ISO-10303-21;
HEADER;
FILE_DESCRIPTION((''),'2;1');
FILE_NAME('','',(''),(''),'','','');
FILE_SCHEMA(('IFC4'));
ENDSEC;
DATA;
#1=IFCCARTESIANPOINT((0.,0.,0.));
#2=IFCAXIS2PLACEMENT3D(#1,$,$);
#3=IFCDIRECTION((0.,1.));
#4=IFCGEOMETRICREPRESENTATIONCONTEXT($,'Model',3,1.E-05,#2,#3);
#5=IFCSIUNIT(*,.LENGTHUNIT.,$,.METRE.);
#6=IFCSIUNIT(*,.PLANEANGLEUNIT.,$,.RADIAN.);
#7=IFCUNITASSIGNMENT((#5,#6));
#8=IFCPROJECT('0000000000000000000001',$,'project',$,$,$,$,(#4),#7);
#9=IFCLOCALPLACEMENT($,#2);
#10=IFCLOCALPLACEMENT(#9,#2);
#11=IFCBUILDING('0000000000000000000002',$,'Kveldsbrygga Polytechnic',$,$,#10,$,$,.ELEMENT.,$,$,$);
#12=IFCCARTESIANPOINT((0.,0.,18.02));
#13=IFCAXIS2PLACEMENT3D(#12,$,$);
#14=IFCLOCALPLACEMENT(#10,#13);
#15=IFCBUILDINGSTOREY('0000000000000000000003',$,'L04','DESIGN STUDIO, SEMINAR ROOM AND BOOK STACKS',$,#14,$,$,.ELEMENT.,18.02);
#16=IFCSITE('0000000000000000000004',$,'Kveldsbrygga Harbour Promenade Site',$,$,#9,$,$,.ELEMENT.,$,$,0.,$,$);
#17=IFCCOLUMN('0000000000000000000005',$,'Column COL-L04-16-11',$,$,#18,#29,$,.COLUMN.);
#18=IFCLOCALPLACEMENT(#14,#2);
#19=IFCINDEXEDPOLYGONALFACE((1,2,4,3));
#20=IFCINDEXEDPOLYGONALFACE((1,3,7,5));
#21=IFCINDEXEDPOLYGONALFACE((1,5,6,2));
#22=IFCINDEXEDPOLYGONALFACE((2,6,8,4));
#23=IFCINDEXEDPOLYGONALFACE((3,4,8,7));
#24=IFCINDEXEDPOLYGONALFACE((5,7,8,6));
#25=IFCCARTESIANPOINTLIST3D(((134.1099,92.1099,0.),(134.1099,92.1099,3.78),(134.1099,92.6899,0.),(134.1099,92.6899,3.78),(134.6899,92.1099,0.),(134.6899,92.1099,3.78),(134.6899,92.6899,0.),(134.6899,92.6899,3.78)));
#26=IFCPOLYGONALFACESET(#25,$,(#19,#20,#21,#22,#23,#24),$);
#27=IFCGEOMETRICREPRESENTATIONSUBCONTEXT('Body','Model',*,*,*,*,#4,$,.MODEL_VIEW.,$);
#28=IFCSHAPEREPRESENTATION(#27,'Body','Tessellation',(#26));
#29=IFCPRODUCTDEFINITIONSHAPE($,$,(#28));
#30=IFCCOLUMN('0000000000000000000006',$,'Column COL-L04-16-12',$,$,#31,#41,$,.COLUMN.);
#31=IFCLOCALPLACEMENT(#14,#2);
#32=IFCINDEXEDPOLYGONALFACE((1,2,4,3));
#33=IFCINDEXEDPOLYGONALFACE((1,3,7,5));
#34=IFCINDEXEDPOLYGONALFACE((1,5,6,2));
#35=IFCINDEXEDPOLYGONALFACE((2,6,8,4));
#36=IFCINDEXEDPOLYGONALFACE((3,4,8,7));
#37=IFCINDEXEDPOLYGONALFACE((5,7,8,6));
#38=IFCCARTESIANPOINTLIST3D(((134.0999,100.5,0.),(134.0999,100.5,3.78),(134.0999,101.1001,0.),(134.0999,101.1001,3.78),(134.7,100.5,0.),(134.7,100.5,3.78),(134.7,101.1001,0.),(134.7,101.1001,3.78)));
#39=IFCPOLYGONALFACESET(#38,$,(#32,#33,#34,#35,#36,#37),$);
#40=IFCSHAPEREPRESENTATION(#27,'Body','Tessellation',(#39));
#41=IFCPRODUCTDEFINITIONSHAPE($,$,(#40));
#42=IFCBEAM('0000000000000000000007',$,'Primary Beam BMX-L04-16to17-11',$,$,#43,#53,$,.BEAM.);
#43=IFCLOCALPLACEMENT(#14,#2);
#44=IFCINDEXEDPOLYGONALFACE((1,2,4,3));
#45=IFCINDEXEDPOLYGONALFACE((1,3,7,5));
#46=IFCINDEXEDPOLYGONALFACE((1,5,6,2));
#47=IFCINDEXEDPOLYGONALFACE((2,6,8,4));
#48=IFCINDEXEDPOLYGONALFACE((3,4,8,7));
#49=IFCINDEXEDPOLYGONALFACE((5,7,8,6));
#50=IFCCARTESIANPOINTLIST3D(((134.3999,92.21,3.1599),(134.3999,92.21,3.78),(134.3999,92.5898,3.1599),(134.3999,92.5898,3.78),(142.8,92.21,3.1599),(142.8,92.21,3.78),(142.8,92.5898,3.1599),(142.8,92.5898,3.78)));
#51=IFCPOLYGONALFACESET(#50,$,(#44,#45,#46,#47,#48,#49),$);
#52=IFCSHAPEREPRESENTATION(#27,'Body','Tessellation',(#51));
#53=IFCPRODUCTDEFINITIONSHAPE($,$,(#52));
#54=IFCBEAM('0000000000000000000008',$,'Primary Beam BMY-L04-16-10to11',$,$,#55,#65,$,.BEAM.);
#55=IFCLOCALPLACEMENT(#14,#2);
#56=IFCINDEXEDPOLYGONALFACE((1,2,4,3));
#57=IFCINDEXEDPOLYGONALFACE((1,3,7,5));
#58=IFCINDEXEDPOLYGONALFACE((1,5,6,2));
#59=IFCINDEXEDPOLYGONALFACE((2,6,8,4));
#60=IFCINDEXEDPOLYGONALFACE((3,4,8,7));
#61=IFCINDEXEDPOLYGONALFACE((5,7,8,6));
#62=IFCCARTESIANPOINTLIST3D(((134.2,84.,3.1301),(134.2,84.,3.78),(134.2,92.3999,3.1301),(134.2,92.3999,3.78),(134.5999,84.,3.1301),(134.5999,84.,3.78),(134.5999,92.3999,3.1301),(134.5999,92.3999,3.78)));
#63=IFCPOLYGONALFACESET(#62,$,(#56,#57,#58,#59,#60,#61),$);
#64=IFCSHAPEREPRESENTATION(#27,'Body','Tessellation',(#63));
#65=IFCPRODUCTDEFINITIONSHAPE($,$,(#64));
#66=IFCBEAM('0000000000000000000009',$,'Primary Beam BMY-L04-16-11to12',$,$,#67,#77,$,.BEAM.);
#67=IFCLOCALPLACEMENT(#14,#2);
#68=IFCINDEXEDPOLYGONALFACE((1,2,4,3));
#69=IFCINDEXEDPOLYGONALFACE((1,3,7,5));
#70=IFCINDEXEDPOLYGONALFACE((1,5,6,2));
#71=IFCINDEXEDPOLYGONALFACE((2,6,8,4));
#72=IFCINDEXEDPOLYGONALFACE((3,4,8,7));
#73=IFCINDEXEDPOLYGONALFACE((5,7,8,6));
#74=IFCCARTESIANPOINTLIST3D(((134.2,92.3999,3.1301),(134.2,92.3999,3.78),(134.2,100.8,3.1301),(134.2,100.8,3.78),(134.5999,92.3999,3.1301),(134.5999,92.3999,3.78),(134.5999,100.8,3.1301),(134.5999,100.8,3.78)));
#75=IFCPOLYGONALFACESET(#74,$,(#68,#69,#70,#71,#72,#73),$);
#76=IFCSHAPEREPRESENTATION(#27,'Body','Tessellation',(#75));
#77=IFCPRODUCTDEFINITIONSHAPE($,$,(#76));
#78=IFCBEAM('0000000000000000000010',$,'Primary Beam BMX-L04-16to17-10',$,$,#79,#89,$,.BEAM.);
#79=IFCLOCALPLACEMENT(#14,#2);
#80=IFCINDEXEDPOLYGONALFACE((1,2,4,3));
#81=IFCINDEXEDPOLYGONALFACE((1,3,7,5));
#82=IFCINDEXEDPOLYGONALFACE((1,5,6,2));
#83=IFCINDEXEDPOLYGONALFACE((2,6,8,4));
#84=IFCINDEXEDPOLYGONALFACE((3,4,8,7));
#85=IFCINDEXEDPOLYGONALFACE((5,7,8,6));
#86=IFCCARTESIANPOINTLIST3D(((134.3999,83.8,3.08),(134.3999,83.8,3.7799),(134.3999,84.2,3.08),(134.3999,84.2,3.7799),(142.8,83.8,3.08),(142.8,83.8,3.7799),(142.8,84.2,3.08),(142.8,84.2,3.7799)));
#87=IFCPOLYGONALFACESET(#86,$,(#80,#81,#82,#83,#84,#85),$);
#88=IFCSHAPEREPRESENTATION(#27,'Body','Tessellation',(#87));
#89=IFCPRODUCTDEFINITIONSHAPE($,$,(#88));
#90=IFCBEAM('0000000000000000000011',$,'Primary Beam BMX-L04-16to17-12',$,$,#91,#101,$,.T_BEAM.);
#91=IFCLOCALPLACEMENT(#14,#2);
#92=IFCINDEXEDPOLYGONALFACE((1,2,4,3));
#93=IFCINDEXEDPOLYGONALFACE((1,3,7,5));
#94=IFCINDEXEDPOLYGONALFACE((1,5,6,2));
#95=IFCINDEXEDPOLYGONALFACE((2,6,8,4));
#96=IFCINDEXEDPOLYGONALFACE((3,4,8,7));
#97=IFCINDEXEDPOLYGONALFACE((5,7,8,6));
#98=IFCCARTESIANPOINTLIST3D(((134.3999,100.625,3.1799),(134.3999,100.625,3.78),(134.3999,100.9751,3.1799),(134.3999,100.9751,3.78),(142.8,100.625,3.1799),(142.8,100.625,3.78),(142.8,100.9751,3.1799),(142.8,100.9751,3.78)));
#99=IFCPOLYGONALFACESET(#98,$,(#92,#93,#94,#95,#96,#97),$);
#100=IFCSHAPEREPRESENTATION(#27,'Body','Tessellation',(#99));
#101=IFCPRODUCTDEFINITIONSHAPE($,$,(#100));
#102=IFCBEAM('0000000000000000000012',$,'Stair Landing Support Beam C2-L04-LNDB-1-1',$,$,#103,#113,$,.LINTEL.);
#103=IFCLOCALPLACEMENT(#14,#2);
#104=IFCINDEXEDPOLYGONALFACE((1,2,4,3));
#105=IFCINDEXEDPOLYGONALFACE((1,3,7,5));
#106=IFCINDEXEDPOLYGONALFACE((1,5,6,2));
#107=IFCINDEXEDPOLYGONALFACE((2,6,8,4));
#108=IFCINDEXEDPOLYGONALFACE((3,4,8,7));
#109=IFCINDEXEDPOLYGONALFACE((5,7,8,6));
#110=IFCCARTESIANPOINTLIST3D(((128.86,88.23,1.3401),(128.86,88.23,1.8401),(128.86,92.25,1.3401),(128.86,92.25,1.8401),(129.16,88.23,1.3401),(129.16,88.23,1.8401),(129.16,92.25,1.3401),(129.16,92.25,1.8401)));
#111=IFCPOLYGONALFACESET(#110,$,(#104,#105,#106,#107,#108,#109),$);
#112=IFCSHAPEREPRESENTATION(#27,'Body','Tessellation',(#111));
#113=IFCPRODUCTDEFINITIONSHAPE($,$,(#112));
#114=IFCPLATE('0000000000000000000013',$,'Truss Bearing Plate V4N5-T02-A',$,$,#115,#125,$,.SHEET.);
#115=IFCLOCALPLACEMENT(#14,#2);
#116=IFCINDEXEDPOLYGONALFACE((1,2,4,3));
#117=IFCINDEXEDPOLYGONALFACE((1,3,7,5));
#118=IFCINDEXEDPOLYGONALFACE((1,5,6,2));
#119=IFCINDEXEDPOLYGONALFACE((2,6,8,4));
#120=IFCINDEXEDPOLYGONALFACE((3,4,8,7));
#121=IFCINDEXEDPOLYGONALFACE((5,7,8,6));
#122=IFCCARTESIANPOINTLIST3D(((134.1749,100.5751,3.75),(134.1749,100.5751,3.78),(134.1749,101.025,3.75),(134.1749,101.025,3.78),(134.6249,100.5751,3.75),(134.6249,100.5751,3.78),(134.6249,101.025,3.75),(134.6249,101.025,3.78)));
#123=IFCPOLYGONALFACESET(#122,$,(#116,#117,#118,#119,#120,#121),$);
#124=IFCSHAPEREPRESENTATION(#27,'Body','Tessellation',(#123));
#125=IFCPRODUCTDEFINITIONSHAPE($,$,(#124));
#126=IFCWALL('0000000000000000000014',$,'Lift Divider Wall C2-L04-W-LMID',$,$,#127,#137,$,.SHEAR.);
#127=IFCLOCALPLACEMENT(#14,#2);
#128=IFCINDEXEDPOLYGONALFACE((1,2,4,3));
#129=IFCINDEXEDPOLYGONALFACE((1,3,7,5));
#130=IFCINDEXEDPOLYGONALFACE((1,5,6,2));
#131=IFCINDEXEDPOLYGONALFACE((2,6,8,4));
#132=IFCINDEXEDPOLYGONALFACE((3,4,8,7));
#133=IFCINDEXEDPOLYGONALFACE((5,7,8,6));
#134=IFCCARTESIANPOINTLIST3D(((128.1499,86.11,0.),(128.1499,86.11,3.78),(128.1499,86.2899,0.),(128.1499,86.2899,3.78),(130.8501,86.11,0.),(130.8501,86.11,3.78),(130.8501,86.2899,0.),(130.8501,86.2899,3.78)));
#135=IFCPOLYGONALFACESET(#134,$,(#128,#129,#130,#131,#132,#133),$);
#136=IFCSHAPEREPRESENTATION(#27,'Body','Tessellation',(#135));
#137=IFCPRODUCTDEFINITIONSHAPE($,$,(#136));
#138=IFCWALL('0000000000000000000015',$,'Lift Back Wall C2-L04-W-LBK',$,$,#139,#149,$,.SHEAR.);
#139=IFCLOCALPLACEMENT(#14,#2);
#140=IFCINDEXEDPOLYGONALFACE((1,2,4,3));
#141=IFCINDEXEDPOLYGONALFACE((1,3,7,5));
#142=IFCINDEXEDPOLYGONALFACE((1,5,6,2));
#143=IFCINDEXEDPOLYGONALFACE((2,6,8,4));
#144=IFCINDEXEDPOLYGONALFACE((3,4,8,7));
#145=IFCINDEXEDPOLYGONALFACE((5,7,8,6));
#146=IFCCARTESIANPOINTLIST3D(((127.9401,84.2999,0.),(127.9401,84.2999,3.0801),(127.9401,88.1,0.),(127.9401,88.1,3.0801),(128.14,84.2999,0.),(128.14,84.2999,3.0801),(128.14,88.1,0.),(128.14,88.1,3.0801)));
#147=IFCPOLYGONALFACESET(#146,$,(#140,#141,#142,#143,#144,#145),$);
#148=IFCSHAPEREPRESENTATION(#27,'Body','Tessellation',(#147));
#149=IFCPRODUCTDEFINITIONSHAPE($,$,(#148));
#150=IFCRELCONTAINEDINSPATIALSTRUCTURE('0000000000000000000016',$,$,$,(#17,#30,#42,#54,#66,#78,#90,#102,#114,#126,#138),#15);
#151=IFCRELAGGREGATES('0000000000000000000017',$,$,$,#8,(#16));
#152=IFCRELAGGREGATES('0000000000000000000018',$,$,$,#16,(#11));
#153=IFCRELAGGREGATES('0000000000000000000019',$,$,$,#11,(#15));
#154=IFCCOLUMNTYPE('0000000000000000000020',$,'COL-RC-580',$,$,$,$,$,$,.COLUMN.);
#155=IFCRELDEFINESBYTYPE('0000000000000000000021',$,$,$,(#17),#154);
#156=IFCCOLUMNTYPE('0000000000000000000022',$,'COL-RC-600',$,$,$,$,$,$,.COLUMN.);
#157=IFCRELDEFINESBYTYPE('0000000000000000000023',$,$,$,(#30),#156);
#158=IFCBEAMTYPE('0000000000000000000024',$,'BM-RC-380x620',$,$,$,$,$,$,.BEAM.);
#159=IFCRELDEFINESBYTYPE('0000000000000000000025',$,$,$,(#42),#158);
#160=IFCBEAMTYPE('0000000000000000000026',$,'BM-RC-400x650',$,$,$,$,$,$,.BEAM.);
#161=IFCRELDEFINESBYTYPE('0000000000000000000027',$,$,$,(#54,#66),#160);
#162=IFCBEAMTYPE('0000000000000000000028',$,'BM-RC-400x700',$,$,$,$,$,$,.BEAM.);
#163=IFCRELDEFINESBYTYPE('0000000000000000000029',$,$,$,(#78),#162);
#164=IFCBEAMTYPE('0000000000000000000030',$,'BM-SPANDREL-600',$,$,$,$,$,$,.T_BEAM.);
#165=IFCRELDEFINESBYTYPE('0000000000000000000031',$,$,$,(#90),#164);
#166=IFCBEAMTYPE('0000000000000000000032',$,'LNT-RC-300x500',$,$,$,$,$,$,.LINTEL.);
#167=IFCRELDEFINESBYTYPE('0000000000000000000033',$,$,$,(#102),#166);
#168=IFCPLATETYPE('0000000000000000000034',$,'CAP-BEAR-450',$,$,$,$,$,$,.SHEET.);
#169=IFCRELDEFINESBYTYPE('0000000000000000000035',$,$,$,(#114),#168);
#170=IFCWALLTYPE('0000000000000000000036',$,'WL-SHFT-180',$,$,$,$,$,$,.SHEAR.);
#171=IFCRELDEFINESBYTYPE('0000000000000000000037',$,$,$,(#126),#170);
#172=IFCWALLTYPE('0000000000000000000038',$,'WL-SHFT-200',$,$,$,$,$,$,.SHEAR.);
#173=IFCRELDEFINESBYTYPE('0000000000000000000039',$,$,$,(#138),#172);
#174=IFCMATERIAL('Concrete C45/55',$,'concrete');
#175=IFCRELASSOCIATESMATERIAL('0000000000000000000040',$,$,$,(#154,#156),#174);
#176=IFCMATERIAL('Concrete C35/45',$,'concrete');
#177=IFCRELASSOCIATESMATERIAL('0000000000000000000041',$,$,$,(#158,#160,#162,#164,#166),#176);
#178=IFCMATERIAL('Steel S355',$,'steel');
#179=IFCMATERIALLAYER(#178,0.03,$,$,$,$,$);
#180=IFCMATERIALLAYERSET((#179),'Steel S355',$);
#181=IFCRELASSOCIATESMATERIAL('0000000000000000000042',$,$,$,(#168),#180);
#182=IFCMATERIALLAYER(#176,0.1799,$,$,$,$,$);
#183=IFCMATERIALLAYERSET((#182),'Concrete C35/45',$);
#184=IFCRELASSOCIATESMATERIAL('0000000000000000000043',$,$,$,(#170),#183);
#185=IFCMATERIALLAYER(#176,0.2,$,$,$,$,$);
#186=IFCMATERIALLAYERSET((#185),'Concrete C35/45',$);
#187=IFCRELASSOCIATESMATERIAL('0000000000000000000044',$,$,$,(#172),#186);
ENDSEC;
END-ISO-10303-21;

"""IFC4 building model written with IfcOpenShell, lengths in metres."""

from ifc_helpers import new_model, si_unit, direction, frame, frame_2d, origin, origin_2d, place, context, subcontext, project, spatial, rectangle, extrude, material, layer, layer_set, material_profile, profile_set, type_object, element, save


model = new_model("IFC4")

# Units and contexts
model_context = context("Model", 3, precision=1e-05, world=origin(), true_north=direction((0.0, 1.0)))
body_context = subcontext(model_context, "Body", "Model", "MODEL_VIEW")
ifc_project = project(units=[si_unit("LENGTHUNIT", "METRE"), si_unit("PLANEANGLEUNIT", "RADIAN")], contexts=[model_context])

# Site, building, storey
site_placement = place(None, origin())
site = spatial("IfcSite", under=ifc_project, at=site_placement, Name="Kveldsbrygga Harbour Promenade Site", CompositionType="ELEMENT", RefElevation=0.0)
building_placement = place(site_placement, origin())
building = spatial("IfcBuilding", under=site, at=building_placement, Name="Kveldsbrygga Polytechnic", CompositionType="ELEMENT")
storey_placement = place(building_placement, frame((0.0, 0.0, 18.02)))
storey = spatial("IfcBuildingStorey", under=building, at=storey_placement, Name="L04", Description="DESIGN STUDIO, SEMINAR ROOM AND BOOK STACKS", CompositionType="ELEMENT", Elevation=18.02)

# Columns
ifc_material_1 = material(Name="Concrete C45/55", Category="concrete")
ifc_material_profile_1 = material_profile(ifc_material_1, rectangle(XDim=0.5801, YDim=0.5801, at=origin_2d()), Name="RC 580x580")
ifc_profile_set_1 = profile_set([ifc_material_profile_1], Name="Concrete C45/55")
column_type_1 = type_object("IfcColumnType", Name="COL-RC-580", PredefinedType="COLUMN", material=ifc_profile_set_1)
column_1_placement = place(storey_placement, frame((134.3999, 92.3999, 0.0), z_axis=(0.0, 0.0, 1.0), x_axis=(1.0, 0.0, 0.0)))
element("IfcColumn", 1, at=column_1_placement, inside=storey, type_object=column_type_1, Name="Column COL-L04-16-11", PredefinedType="COLUMN", context=body_context, shape_type="SweptSolid", body=[
    extrude(rectangle(XDim=0.5801, YDim=0.5801, at=origin_2d()), origin(), (0.0, 0.0, 1.0), 3.78),
])
ifc_material_profile_2 = material_profile(ifc_material_1, rectangle(XDim=0.6001, YDim=0.6001, at=origin_2d()), Name="RC 600x600")
ifc_profile_set_2 = profile_set([ifc_material_profile_2], Name="Concrete C45/55")
column_type_2 = type_object("IfcColumnType", Name="COL-RC-600", PredefinedType="COLUMN", material=ifc_profile_set_2)
column_2_placement = place(storey_placement, frame((134.3999, 100.8, 0.0), z_axis=(0.0, 0.0, 1.0), x_axis=(1.0, 0.0, 0.0)))
element("IfcColumn", 2, at=column_2_placement, inside=storey, type_object=column_type_2, Name="Column COL-L04-16-12", PredefinedType="COLUMN", context=body_context, shape_type="SweptSolid", body=[
    extrude(rectangle(XDim=0.6001, YDim=0.6001, at=origin_2d()), origin(), (0.0, 0.0, 1.0), 3.78),
])

# Beams
ifc_material_2 = material(Name="Concrete C35/45", Category="concrete")
ifc_material_profile_3 = material_profile(ifc_material_2, rectangle(XDim=0.3799, YDim=0.6201, at=origin_2d()), Name="RC 380x620")
ifc_profile_set_3 = profile_set([ifc_material_profile_3], Name="Concrete C35/45")
beam_type_1 = type_object("IfcBeamType", Name="BM-RC-380x620", PredefinedType="BEAM", material=ifc_profile_set_3)
beam_1_placement = place(storey_placement, frame((134.3999, 92.3999, 3.47), z_axis=(1.0, 0.0, 0.0), x_axis=(0.0, 1.0, 0.0)))
element("IfcBeam", 3, at=beam_1_placement, inside=storey, type_object=beam_type_1, Name="Primary Beam BMX-L04-16to17-11", PredefinedType="BEAM", context=body_context, shape_type="SweptSolid", body=[
    extrude(rectangle(XDim=0.3799, YDim=0.6201, at=origin_2d()), origin(), (0.0, 0.0, 1.0), 8.4001),
])
ifc_material_profile_4 = material_profile(ifc_material_2, rectangle(XDim=0.3999, YDim=0.6499, at=origin_2d()), Name="RC 400x650")
ifc_profile_set_4 = profile_set([ifc_material_profile_4], Name="Concrete C35/45")
beam_type_2 = type_object("IfcBeamType", Name="BM-RC-400x650", PredefinedType="BEAM", material=ifc_profile_set_4)
beam_2_placement = place(storey_placement, frame((134.3999, 84.0, 3.4551), z_axis=(0.0, 1.0, 0.0), x_axis=(-1.0, 0.0, 0.0)))
element("IfcBeam", 4, at=beam_2_placement, inside=storey, type_object=beam_type_2, Name="Primary Beam BMY-L04-16-10to11", PredefinedType="BEAM", context=body_context, shape_type="SweptSolid", body=[
    extrude(rectangle(XDim=0.3999, YDim=0.6499, at=origin_2d()), origin(), (0.0, 0.0, 1.0), 8.3999),
])
beam_3_placement = place(storey_placement, frame((134.3999, 92.3999, 3.4551), z_axis=(0.0, 1.0, 0.0), x_axis=(-1.0, 0.0, 0.0)))
element("IfcBeam", 5, at=beam_3_placement, inside=storey, type_object=beam_type_2, Name="Primary Beam BMY-L04-16-11to12", PredefinedType="BEAM", context=body_context, shape_type="SweptSolid", body=[
    extrude(rectangle(XDim=0.3999, YDim=0.6499, at=origin_2d()), origin(), (0.0, 0.0, 1.0), 8.4001),
])
ifc_material_profile_5 = material_profile(ifc_material_2, rectangle(XDim=0.3999, YDim=0.7, at=origin_2d()), Name="RC 400x700")
ifc_profile_set_5 = profile_set([ifc_material_profile_5], Name="Concrete C35/45")
beam_type_3 = type_object("IfcBeamType", Name="BM-RC-400x700", PredefinedType="BEAM", material=ifc_profile_set_5)
beam_4_placement = place(storey_placement, frame((134.3999, 84.0, 3.4299), z_axis=(1.0, 0.0, 0.0), x_axis=(0.0, 1.0, 0.0)))
element("IfcBeam", 6, at=beam_4_placement, inside=storey, type_object=beam_type_3, Name="Primary Beam BMX-L04-16to17-10", PredefinedType="BEAM", context=body_context, shape_type="SweptSolid", body=[
    extrude(rectangle(XDim=0.3999, YDim=0.7, at=origin_2d()), origin(), (0.0, 0.0, 1.0), 8.4001),
])
ifc_material_profile_6 = material_profile(ifc_material_2, rectangle(XDim=0.3501, YDim=0.6001, at=origin_2d()), Name="RC 350x600")
ifc_profile_set_6 = profile_set([ifc_material_profile_6], Name="Concrete C35/45")
beam_type_4 = type_object("IfcBeamType", Name="BM-SPANDREL-600", PredefinedType="T_BEAM", material=ifc_profile_set_6)
beam_5_placement = place(storey_placement, frame((134.3999, 100.8, 3.48), z_axis=(1.0, 0.0, 0.0), x_axis=(0.0, 1.0, 0.0)))
element("IfcBeam", 7, at=beam_5_placement, inside=storey, type_object=beam_type_4, Name="Primary Beam BMX-L04-16to17-12", PredefinedType="T_BEAM", context=body_context, shape_type="SweptSolid", body=[
    extrude(rectangle(XDim=0.3501, YDim=0.6001, at=origin_2d()), origin(), (0.0, 0.0, 1.0), 8.4001),
])
ifc_material_profile_7 = material_profile(ifc_material_2, rectangle(XDim=0.3, YDim=0.5, at=origin_2d()), Name="RC 300x500")
ifc_profile_set_7 = profile_set([ifc_material_profile_7], Name="Concrete C35/45")
beam_type_5 = type_object("IfcBeamType", Name="LNT-RC-300x500", PredefinedType="LINTEL", material=ifc_profile_set_7)
beam_6_placement = place(storey_placement, frame((129.01, 88.23, 1.5901), z_axis=(0.0, 1.0, 0.0), x_axis=(-1.0, 0.0, 0.0)))
element("IfcBeam", 8, at=beam_6_placement, inside=storey, type_object=beam_type_5, Name="Stair Landing Support Beam C2-L04-LNDB-1-1", PredefinedType="LINTEL", context=body_context, shape_type="SweptSolid", body=[
    extrude(rectangle(XDim=0.3, YDim=0.5, at=origin_2d()), origin(), (0.0, 0.0, 1.0), 4.02),
])

# Plate
ifc_material_3 = material(Name="Steel S355", Category="steel")
ifc_layer_1 = layer(ifc_material_3, 0.03)
ifc_layer_set_1 = layer_set([ifc_layer_1], Name="Steel S355")
plate_type = type_object("IfcPlateType", Name="CAP-BEAR-450", PredefinedType="SHEET", material=ifc_layer_set_1)
plate_placement = place(storey_placement, frame((134.3999, 100.8, 3.75), z_axis=(0.0, 0.0, 1.0), x_axis=(1.0, 0.0, 0.0)))
element("IfcPlate", 9, at=plate_placement, inside=storey, type_object=plate_type, Name="Truss Bearing Plate V4N5-T02-A", PredefinedType="SHEET", context=body_context, shape_type="SweptSolid", body=[
    extrude(rectangle(XDim=0.45, YDim=0.45, at=origin_2d()), origin(), (0.0, 0.0, 1.0), 0.03),
])

# Wall
ifc_layer_2 = layer(ifc_material_2, 0.1799)
ifc_layer_set_2 = layer_set([ifc_layer_2], Name="Concrete C35/45")
wall_type_1 = type_object("IfcWallType", Name="WL-SHFT-180", PredefinedType="SHEAR", material=ifc_layer_set_2)
wall_1_placement = place(storey_placement, frame((128.1499, 86.2, 0.0), z_axis=(0.0, 0.0, 1.0), x_axis=(1.0, 0.0, 0.0)))
element("IfcWall", 10, at=wall_1_placement, inside=storey, type_object=wall_type_1, Name="Lift Divider Wall C2-L04-W-LMID", PredefinedType="SHEAR", context=body_context, shape_type="SweptSolid", body=[
    extrude(rectangle(XDim=2.7002, YDim=0.1799, at=frame_2d((1.3501, 0.0))), origin(), (0.0, 0.0, 1.0), 3.78),
])

# Shared definitions
ifc_layer_3 = layer(ifc_material_2, 0.2)
ifc_layer_set_3 = layer_set([ifc_layer_3], Name="Concrete C35/45")
wall_type_2 = type_object("IfcWallType", Name="WL-SHFT-200", PredefinedType="SHEAR", material=ifc_layer_set_3)

# Wall
wall_2_placement = place(storey_placement, frame((128.04, 84.3, 0.0), z_axis=(0.0, 0.0, 1.0), x_axis=(0.0, 1.0, 0.0)))
element("IfcWall", 11, at=wall_2_placement, inside=storey, type_object=wall_type_2, Name="Lift Back Wall C2-L04-W-LBK", PredefinedType="SHEAR", context=body_context, shape_type="SweptSolid", body=[
    extrude(rectangle(XDim=3.8, YDim=0.2, at=frame_2d((1.8999, 0.0))), origin(), (0.0, 0.0, 1.0), 3.0801),
])

save(model, "model.ifc")
